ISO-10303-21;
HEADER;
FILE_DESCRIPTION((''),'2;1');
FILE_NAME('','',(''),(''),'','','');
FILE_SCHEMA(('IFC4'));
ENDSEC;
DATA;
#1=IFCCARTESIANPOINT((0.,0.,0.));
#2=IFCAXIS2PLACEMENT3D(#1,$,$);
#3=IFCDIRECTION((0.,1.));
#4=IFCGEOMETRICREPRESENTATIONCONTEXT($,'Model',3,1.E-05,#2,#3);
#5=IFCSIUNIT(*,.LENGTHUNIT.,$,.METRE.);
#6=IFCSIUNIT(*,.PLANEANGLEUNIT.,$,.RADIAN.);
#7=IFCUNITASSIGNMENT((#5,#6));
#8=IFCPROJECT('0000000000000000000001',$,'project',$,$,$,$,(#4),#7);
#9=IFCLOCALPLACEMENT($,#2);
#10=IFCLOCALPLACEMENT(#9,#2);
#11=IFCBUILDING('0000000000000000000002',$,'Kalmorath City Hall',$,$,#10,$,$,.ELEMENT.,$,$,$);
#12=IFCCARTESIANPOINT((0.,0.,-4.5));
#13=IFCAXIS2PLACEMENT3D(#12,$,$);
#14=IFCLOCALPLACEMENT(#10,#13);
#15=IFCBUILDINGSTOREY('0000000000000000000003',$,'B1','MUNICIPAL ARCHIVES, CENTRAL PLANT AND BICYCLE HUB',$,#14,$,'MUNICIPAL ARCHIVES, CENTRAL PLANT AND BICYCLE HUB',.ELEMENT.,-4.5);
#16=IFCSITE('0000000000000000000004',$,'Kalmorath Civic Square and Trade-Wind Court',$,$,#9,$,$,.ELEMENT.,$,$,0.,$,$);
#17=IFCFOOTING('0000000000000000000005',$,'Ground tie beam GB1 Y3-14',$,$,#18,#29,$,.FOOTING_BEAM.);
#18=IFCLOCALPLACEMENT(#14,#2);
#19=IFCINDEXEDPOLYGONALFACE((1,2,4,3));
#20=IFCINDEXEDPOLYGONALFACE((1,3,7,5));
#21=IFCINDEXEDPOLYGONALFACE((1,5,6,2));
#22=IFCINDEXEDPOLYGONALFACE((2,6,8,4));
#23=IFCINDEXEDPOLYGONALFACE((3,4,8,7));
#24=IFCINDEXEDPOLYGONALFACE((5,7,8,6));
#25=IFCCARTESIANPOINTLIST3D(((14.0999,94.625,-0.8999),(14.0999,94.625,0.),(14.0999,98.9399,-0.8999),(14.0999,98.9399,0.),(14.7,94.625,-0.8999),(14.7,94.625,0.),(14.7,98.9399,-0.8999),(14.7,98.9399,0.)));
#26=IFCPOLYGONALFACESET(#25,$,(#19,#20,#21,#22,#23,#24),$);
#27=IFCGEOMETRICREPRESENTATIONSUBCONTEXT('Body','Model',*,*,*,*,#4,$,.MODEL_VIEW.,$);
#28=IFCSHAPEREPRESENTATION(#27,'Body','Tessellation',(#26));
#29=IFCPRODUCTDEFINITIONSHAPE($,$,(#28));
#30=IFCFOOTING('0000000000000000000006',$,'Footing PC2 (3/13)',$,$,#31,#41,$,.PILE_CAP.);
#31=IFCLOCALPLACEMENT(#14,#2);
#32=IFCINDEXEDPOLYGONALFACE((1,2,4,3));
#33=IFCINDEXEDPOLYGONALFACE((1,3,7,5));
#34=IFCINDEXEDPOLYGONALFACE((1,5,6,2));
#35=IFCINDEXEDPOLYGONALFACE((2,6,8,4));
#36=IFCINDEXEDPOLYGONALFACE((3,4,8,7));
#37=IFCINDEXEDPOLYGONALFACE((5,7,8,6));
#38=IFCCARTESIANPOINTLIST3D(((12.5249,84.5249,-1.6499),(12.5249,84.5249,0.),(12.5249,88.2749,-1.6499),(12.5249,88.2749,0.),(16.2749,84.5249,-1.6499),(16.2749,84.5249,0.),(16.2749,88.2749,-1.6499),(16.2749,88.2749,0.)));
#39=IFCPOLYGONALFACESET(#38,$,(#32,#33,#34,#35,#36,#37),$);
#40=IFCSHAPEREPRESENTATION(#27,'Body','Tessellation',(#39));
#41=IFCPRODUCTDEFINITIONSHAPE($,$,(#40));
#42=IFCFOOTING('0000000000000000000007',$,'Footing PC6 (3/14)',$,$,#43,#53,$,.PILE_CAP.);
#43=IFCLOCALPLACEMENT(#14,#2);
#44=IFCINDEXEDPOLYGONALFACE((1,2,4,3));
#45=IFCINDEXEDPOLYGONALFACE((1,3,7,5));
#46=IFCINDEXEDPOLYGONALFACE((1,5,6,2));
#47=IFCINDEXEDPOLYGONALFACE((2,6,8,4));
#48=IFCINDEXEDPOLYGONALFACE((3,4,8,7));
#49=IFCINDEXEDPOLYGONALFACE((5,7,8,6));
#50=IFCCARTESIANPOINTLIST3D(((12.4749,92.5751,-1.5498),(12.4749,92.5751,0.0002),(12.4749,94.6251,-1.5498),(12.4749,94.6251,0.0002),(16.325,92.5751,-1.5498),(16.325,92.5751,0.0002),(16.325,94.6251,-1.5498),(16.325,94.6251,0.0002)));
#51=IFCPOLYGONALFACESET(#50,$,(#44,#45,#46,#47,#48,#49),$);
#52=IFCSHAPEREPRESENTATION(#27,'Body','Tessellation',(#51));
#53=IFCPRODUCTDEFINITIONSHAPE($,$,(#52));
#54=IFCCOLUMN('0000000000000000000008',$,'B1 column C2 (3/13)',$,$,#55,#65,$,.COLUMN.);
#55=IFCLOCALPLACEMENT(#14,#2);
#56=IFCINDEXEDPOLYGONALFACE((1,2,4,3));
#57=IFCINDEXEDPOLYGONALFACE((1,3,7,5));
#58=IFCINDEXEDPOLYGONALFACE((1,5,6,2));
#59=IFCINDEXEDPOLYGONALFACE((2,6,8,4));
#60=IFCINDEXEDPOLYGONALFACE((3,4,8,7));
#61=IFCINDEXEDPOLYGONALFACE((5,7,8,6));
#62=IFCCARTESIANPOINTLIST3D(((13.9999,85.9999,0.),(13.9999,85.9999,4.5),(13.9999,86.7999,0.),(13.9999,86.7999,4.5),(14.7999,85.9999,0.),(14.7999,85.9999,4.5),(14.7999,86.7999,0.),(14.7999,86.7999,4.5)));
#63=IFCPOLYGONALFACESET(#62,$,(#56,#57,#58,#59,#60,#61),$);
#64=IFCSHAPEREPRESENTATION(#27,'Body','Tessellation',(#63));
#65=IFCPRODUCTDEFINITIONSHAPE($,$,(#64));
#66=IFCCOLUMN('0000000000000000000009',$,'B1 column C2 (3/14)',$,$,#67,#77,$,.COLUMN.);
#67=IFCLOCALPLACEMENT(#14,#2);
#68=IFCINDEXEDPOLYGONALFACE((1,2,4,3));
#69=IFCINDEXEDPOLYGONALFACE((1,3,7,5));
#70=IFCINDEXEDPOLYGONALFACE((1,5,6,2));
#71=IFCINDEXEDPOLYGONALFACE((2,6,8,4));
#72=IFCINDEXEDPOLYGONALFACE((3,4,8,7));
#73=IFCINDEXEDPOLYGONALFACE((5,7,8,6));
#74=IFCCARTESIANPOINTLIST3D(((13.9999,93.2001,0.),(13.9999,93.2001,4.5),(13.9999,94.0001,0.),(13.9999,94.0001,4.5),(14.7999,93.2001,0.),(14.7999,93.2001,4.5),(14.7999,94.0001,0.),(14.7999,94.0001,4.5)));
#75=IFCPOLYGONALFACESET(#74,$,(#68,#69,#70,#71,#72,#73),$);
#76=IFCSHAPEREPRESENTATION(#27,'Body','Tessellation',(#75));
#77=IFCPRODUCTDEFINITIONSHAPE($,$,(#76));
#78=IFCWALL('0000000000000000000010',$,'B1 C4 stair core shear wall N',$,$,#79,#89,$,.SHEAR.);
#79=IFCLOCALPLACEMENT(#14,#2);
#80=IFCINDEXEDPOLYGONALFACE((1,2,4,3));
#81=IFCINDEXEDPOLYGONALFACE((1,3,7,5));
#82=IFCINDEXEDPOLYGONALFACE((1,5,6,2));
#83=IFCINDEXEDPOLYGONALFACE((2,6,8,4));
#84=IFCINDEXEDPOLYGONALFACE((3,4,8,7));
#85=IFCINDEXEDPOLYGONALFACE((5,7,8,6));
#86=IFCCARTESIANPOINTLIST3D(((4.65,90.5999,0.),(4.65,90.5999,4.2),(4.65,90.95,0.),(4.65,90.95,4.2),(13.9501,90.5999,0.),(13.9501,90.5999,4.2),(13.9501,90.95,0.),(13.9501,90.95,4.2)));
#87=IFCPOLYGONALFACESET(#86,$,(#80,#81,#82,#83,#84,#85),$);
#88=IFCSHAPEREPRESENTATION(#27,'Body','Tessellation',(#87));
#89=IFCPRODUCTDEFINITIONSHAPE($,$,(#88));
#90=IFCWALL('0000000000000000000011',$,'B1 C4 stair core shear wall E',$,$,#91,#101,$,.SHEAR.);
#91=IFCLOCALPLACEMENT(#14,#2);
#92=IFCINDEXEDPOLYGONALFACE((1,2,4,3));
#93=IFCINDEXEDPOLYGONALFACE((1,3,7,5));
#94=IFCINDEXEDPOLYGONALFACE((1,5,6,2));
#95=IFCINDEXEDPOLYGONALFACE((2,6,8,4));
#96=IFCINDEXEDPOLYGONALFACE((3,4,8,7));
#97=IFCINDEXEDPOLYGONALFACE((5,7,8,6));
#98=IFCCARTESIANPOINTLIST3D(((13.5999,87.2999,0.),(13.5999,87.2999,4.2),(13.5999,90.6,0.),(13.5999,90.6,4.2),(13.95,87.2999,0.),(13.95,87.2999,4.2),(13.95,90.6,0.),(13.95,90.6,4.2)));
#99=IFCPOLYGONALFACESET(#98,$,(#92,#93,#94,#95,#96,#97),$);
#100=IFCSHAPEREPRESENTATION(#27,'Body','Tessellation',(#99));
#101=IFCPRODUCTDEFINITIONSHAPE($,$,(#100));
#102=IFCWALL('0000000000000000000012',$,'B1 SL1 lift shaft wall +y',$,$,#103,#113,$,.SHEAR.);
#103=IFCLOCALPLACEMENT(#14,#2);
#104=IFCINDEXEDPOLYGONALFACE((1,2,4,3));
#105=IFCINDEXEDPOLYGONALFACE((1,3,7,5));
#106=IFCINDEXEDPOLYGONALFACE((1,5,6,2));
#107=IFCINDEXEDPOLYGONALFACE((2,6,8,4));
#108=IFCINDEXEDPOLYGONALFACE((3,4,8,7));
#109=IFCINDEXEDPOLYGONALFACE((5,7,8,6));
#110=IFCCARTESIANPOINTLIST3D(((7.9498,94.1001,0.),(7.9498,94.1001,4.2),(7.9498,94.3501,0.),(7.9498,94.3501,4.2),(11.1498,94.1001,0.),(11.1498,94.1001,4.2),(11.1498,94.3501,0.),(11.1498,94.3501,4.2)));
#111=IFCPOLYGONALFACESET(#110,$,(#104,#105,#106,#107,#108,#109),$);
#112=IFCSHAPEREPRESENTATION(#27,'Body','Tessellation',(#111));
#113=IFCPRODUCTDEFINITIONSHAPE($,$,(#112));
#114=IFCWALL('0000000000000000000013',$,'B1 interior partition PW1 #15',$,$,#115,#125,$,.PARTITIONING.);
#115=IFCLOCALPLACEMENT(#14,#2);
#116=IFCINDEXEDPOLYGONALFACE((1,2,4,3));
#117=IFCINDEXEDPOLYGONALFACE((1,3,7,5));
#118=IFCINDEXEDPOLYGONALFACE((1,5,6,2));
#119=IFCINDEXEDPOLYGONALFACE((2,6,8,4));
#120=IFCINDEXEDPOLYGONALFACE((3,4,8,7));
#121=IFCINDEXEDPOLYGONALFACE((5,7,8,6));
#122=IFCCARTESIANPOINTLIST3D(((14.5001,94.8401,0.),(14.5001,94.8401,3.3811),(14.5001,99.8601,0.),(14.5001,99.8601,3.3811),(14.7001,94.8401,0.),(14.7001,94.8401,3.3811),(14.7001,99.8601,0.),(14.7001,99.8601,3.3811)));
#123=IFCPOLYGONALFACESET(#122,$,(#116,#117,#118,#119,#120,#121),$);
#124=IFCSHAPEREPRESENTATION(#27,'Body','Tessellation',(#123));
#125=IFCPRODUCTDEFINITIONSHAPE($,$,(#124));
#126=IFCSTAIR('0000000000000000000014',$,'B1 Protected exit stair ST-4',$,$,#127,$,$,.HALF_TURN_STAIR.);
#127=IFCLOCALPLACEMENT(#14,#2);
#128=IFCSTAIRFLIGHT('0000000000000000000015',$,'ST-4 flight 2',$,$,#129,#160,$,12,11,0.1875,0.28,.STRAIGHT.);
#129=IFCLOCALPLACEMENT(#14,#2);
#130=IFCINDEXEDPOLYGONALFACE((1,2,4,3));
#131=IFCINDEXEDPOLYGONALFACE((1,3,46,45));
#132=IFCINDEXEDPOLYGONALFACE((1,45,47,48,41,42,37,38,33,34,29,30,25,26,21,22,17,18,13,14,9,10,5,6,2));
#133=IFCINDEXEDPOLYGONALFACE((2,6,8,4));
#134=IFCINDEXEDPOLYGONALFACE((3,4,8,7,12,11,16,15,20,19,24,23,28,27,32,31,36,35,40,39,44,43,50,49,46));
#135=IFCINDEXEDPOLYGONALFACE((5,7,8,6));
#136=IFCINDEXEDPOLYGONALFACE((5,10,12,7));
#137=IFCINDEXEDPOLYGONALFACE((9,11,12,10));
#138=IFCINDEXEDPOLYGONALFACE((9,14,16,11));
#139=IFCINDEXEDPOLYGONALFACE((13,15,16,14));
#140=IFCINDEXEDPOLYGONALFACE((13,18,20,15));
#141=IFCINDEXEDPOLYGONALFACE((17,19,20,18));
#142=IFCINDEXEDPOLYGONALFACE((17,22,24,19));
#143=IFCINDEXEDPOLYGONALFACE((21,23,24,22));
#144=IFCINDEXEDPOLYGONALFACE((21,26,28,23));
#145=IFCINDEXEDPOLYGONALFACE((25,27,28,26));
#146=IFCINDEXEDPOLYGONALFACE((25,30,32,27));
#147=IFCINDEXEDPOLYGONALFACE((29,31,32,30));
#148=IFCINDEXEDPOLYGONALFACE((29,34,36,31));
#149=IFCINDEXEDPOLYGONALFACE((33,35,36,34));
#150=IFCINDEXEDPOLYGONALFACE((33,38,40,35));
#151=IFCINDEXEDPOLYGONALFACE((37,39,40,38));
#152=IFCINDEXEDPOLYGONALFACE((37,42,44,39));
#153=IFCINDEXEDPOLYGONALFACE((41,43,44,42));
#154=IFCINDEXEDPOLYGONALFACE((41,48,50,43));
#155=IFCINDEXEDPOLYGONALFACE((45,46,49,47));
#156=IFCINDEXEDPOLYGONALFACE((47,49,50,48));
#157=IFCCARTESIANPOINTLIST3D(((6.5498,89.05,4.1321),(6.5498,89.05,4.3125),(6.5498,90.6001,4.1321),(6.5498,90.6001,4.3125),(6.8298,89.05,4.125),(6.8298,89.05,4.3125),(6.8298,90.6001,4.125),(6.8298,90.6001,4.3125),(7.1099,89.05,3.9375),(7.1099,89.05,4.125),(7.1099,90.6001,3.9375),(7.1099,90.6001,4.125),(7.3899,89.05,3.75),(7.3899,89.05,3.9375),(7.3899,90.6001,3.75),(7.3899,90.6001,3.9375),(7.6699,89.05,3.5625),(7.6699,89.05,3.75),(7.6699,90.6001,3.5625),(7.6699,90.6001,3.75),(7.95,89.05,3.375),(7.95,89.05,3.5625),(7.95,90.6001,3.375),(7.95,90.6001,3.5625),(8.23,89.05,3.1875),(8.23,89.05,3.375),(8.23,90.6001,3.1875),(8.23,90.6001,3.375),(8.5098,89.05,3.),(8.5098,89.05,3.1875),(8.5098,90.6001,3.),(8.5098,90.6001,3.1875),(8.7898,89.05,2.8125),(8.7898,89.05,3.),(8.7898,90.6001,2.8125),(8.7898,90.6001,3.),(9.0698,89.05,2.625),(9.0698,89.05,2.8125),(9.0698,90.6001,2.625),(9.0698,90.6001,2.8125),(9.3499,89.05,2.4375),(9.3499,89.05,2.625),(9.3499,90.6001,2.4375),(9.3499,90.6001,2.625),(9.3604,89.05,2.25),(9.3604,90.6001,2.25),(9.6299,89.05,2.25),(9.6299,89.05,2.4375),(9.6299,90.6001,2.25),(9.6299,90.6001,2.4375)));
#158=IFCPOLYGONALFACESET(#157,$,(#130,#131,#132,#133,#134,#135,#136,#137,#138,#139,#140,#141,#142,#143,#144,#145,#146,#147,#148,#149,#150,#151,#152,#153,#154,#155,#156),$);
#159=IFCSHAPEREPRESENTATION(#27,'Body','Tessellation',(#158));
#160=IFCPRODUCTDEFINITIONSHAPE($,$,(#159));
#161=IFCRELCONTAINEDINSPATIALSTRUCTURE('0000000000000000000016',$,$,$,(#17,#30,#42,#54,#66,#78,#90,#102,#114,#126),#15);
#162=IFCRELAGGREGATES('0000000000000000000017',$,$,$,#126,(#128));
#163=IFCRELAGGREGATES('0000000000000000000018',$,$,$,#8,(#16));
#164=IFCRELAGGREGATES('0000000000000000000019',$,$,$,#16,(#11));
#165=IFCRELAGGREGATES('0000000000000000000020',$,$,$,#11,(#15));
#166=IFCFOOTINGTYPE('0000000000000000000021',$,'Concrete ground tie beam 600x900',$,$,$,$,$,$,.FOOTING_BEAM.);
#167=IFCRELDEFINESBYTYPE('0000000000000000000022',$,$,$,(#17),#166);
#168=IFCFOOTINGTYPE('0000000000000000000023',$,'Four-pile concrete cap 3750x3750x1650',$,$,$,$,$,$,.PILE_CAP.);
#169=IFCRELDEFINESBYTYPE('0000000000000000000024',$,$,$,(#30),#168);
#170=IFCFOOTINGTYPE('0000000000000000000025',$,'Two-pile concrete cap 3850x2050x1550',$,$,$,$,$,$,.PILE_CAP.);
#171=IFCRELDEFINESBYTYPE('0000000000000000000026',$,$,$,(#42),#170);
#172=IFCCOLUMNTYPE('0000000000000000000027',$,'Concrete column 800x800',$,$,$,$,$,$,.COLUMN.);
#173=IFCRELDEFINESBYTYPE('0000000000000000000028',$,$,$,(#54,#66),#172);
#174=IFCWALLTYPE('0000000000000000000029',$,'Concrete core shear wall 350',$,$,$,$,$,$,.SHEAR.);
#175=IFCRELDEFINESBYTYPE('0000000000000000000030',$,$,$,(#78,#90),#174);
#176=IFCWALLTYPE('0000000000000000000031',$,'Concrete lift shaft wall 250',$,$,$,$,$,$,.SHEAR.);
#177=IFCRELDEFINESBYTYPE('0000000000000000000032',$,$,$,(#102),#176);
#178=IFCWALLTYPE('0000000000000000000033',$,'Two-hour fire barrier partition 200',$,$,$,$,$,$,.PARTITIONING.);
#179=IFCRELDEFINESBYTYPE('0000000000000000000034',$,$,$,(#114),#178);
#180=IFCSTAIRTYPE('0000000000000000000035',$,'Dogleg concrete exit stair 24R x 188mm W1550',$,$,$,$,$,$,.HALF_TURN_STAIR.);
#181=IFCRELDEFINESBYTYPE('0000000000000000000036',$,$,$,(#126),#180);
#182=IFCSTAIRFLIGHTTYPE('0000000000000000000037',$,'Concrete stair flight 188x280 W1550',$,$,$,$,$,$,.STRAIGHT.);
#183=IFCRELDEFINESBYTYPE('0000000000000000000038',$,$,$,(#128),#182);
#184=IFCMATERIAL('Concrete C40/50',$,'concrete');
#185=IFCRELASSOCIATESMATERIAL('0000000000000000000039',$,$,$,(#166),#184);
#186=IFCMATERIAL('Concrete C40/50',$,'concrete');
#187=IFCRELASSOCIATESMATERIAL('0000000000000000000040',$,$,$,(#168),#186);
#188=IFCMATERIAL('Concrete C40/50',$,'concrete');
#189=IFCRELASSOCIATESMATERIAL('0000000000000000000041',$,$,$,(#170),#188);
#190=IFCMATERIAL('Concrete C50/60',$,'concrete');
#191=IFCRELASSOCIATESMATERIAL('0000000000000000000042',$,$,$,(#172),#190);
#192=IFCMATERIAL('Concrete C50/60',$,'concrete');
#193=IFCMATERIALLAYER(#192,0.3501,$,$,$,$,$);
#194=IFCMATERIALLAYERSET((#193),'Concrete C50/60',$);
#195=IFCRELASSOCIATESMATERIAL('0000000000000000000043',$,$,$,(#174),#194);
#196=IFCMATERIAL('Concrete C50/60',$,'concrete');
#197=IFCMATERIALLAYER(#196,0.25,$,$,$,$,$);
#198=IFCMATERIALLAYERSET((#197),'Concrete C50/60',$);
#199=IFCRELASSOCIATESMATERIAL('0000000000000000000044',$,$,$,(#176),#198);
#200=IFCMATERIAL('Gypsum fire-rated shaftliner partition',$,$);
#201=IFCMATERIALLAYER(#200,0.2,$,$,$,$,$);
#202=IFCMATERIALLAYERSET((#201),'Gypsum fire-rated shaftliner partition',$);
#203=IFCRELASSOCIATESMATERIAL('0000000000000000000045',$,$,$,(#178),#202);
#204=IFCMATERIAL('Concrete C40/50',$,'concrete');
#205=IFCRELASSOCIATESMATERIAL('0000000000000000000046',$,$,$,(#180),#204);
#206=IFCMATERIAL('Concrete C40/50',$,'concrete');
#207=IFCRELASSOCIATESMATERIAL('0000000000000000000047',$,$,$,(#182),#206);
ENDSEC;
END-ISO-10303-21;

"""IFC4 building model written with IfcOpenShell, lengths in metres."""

from ifc_helpers import new_model, si_unit, direction, frame, frame_2d, origin, origin_2d, place, context, subcontext, project, spatial, polyline, rectangle, outline, extrude, material, layer, layer_set, material_profile, profile_set, type_object, element, aggregate, save


model = new_model("IFC4")

# Units and contexts
model_context = context("Model", 3, precision=1e-05, world=origin(), true_north=direction((0.0, 1.0)))
body_context = subcontext(model_context, "Body", "Model", "MODEL_VIEW")
ifc_project = project(units=[si_unit("LENGTHUNIT", "METRE"), si_unit("PLANEANGLEUNIT", "RADIAN")], contexts=[model_context])

# Site, building, storey
site_placement = place(None, origin())
site = spatial("IfcSite", under=ifc_project, at=site_placement, Name="Kalmorath Civic Square and Trade-Wind Court", CompositionType="ELEMENT", RefElevation=0.0)
building_placement = place(site_placement, origin())
building = spatial("IfcBuilding", under=site, at=building_placement, Name="Kalmorath City Hall", CompositionType="ELEMENT")
storey_placement = place(building_placement, frame((0.0, 0.0, -4.5)))
storey = spatial("IfcBuildingStorey", under=building, at=storey_placement, Name="B1", Description="MUNICIPAL ARCHIVES, CENTRAL PLANT AND BICYCLE HUB", LongName="MUNICIPAL ARCHIVES, CENTRAL PLANT AND BICYCLE HUB", CompositionType="ELEMENT", Elevation=-4.5)

# Footings
ifc_material_1 = material(Name="Concrete C40/50", Category="concrete")
ifc_material_profile_1 = material_profile(ifc_material_1, rectangle(XDim=0.6001, YDim=0.8999, at=origin_2d()), Name="RC-BM-600X900")
ifc_profile_set_1 = profile_set([ifc_material_profile_1], Name="Concrete C40/50")
footing_type_1 = type_object("IfcFootingType", Name="Concrete ground tie beam 600x900", PredefinedType="FOOTING_BEAM", material=ifc_profile_set_1)
footing_1_placement = place(storey_placement, frame((14.3999, 94.625, -0.45), z_axis=(0.0, 1.0, 0.0), x_axis=(-1.0, 0.0, 0.0)))
element("IfcFooting", 1, at=footing_1_placement, inside=storey, type_object=footing_type_1, Name="Ground tie beam GB1 Y3-14", PredefinedType="FOOTING_BEAM", context=body_context, shape_type="SweptSolid", body=[
    extrude(rectangle(XDim=0.6001, YDim=0.8999, at=origin_2d()), origin(), (0.0, 0.0, 1.0), 4.3149),
])
ifc_material_2 = material(Name="Concrete C40/50", Category="concrete")
footing_type_2 = type_object("IfcFootingType", Name="Four-pile concrete cap 3750x3750x1650", PredefinedType="PILE_CAP", material=ifc_material_2)
footing_2_placement = place(storey_placement, frame((14.3999, 86.3999, -1.6499), z_axis=(0.0, 0.0, 1.0), x_axis=(1.0, 0.0, 0.0)))
element("IfcFooting", 2, at=footing_2_placement, inside=storey, type_object=footing_type_2, Name="Footing PC2 (3/13)", PredefinedType="PILE_CAP", context=body_context, shape_type="SweptSolid", body=[
    extrude(rectangle(XDim=3.75, YDim=3.75, at=origin_2d()), origin(), (0.0, 0.0, 1.0), 1.6499),
])
ifc_material_3 = material(Name="Concrete C40/50", Category="concrete")
footing_type_3 = type_object("IfcFootingType", Name="Two-pile concrete cap 3850x2050x1550", PredefinedType="PILE_CAP", material=ifc_material_3)
footing_3_placement = place(storey_placement, frame((14.3999, 93.6001, -1.5498), z_axis=(0.0, 0.0, 1.0), x_axis=(1.0, 0.0, 0.0)))
element("IfcFooting", 3, at=footing_3_placement, inside=storey, type_object=footing_type_3, Name="Footing PC6 (3/14)", PredefinedType="PILE_CAP", context=body_context, shape_type="SweptSolid", body=[
    extrude(rectangle(XDim=3.8501, YDim=2.05, at=origin_2d()), origin(), (0.0, 0.0, 1.0), 1.55),
])

# Columns
ifc_material_4 = material(Name="Concrete C50/60", Category="concrete")
ifc_material_profile_2 = material_profile(ifc_material_4, rectangle(XDim=0.8, YDim=0.8, at=origin_2d()), Name="RC-COL-800X800")
ifc_profile_set_2 = profile_set([ifc_material_profile_2], Name="Concrete C50/60")
column_type = type_object("IfcColumnType", Name="Concrete column 800x800", PredefinedType="COLUMN", material=ifc_profile_set_2)
for number, where, z_axis, x_axis, name in (
    (4, (14.3999, 86.3999, 0.0), (0.0, 0.0, 1.0), (1.0, 0.0, 0.0), "B1 column C2 (3/13)"),
    (5, (14.3999, 93.6001, 0.0), (0.0, 0.0, 1.0), (1.0, 0.0, 0.0), "B1 column C2 (3/14)"),
):
    element("IfcColumn", number, at=place(storey_placement, frame(where, z_axis=z_axis, x_axis=x_axis)), inside=storey, type_object=column_type, Name=name, PredefinedType="COLUMN", context=body_context, shape_type="SweptSolid", body=[
        extrude(rectangle(XDim=0.8, YDim=0.8, at=origin_2d()), origin(), (0.0, 0.0, 1.0), 4.5),
    ])

# Walls
ifc_material_5 = material(Name="Concrete C50/60", Category="concrete")
ifc_layer_1 = layer(ifc_material_5, 0.3501)
ifc_layer_set_1 = layer_set([ifc_layer_1], Name="Concrete C50/60")
wall_type_1 = type_object("IfcWallType", Name="Concrete core shear wall 350", PredefinedType="SHEAR", material=ifc_layer_set_1)
wall_1_placement = place(storey_placement, frame((13.95, 90.7749, 0.0), z_axis=(0.0, 0.0, 1.0), x_axis=(-1.0, 0.0, 0.0)))
element("IfcWall", 6, at=wall_1_placement, inside=storey, type_object=wall_type_1, Name="B1 C4 stair core shear wall N", PredefinedType="SHEAR", context=body_context, shape_type="SweptSolid", body=[
    extrude(rectangle(XDim=9.3, YDim=0.3501, at=frame_2d((4.6499, 0.0))), origin(), (0.0, 0.0, 1.0), 4.2),
])
wall_2_placement = place(storey_placement, frame((13.7749, 87.3, 0.0), z_axis=(0.0, 0.0, 1.0), x_axis=(0.0, 1.0, 0.0)))
element("IfcWall", 7, at=wall_2_placement, inside=storey, type_object=wall_type_1, Name="B1 C4 stair core shear wall E", PredefinedType="SHEAR", context=body_context, shape_type="SweptSolid", body=[
    extrude(rectangle(XDim=3.3, YDim=0.3501, at=frame_2d((1.6499, 0.0))), origin(), (0.0, 0.0, 1.0), 4.2),
])
ifc_material_6 = material(Name="Concrete C50/60", Category="concrete")
ifc_layer_2 = layer(ifc_material_6, 0.25)
ifc_layer_set_2 = layer_set([ifc_layer_2], Name="Concrete C50/60")
wall_type_2 = type_object("IfcWallType", Name="Concrete lift shaft wall 250", PredefinedType="SHEAR", material=ifc_layer_set_2)
wall_3_placement = place(storey_placement, frame((11.1499, 94.2251, 0.0), z_axis=(0.0, 0.0, 1.0), x_axis=(-1.0, 0.0, 0.0)))
element("IfcWall", 8, at=wall_3_placement, inside=storey, type_object=wall_type_2, Name="B1 SL1 lift shaft wall +y", PredefinedType="SHEAR", context=body_context, shape_type="SweptSolid", body=[
    extrude(rectangle(XDim=3.2, YDim=0.25, at=frame_2d((1.6001, 0.0))), origin(), (0.0, 0.0, 1.0), 4.2),
])

# Wall
ifc_material_7 = material(Name="Gypsum fire-rated shaftliner partition")
ifc_layer_3 = layer(ifc_material_7, 0.2)
ifc_layer_set_3 = layer_set([ifc_layer_3], Name="Gypsum fire-rated shaftliner partition")
wall_type_3 = type_object("IfcWallType", Name="Two-hour fire barrier partition 200", PredefinedType="PARTITIONING", material=ifc_layer_set_3)
wall_4_placement = place(storey_placement, frame((14.6001, 94.8401, 0.0), z_axis=(0.0, 0.0, 1.0), x_axis=(0.0, 1.0, 0.0)))
element("IfcWall", 9, at=wall_4_placement, inside=storey, type_object=wall_type_3, Name="B1 interior partition PW1 #15", PredefinedType="PARTITIONING", context=body_context, shape_type="SweptSolid", body=[
    extrude(rectangle(XDim=5.02, YDim=0.2, at=frame_2d((2.51, 0.0))), origin(), (0.0, 0.0, 1.0), 3.3811),
])

# Stair, stair flight
ifc_material_8 = material(Name="Concrete C40/50", Category="concrete")
stair_type = type_object("IfcStairType", Name="Dogleg concrete exit stair 24R x 188mm W1550", PredefinedType="HALF_TURN_STAIR", material=ifc_material_8)
stair_placement = place(storey_placement, origin())
stair = element("IfcStair", 10, at=stair_placement, inside=storey, type_object=stair_type, Name="B1 Protected exit stair ST-4", PredefinedType="HALF_TURN_STAIR")
ifc_material_9 = material(Name="Concrete C40/50", Category="concrete")
stair_flight_type = type_object("IfcStairFlightType", Name="Concrete stair flight 188x280 W1550", PredefinedType="STRAIGHT", material=ifc_material_9)
stair_flight_placement = place(storey_placement, frame((9.6299, 89.825, 2.25), z_axis=(0.0, 0.0, 1.0), x_axis=(-1.0, 0.0, 0.0)))
stair_flight = element("IfcStairFlight", 11, at=stair_flight_placement, type_object=stair_flight_type, Name="ST-4 flight 2", NumberOfRisers=12, NumberOfTreads=11, PredefinedType="STRAIGHT", RiserHeight=0.1875, TreadLength=0.28, context=body_context, shape_type="SweptSolid", body=[
    extrude(outline(polyline([(0.0, 0.0), (0.0, 0.1875), (0.28, 0.1875), (0.28, 0.375), (0.5601, 0.375), (0.5601, 0.5625), (0.8401, 0.5625), (0.8401, 0.75), (1.1201, 0.75), (1.1201, 0.9375), (1.3999, 0.9375), (1.3999, 1.125), (1.6799, 1.125), (1.6799, 1.3125), (1.96, 1.3125), (1.96, 1.5), (2.24, 1.5), (2.24, 1.6875), (2.52, 1.6875), (2.52, 1.875), (2.8, 1.875), (2.8, 2.0625), (3.0801, 2.0625), (3.0801, 2.25), (3.0801, 1.8821), (0.2695, 0.0), (0.0, 0.0)])), frame((0.0, 0.7749, 0.0), z_axis=(0.0, -1.0, 0.0), x_axis=(1.0, 0.0, 0.0)), (0.0, 0.0, 1.0), 1.55),
])
aggregate(stair, [stair_flight])

save(model, "model.ifc")
